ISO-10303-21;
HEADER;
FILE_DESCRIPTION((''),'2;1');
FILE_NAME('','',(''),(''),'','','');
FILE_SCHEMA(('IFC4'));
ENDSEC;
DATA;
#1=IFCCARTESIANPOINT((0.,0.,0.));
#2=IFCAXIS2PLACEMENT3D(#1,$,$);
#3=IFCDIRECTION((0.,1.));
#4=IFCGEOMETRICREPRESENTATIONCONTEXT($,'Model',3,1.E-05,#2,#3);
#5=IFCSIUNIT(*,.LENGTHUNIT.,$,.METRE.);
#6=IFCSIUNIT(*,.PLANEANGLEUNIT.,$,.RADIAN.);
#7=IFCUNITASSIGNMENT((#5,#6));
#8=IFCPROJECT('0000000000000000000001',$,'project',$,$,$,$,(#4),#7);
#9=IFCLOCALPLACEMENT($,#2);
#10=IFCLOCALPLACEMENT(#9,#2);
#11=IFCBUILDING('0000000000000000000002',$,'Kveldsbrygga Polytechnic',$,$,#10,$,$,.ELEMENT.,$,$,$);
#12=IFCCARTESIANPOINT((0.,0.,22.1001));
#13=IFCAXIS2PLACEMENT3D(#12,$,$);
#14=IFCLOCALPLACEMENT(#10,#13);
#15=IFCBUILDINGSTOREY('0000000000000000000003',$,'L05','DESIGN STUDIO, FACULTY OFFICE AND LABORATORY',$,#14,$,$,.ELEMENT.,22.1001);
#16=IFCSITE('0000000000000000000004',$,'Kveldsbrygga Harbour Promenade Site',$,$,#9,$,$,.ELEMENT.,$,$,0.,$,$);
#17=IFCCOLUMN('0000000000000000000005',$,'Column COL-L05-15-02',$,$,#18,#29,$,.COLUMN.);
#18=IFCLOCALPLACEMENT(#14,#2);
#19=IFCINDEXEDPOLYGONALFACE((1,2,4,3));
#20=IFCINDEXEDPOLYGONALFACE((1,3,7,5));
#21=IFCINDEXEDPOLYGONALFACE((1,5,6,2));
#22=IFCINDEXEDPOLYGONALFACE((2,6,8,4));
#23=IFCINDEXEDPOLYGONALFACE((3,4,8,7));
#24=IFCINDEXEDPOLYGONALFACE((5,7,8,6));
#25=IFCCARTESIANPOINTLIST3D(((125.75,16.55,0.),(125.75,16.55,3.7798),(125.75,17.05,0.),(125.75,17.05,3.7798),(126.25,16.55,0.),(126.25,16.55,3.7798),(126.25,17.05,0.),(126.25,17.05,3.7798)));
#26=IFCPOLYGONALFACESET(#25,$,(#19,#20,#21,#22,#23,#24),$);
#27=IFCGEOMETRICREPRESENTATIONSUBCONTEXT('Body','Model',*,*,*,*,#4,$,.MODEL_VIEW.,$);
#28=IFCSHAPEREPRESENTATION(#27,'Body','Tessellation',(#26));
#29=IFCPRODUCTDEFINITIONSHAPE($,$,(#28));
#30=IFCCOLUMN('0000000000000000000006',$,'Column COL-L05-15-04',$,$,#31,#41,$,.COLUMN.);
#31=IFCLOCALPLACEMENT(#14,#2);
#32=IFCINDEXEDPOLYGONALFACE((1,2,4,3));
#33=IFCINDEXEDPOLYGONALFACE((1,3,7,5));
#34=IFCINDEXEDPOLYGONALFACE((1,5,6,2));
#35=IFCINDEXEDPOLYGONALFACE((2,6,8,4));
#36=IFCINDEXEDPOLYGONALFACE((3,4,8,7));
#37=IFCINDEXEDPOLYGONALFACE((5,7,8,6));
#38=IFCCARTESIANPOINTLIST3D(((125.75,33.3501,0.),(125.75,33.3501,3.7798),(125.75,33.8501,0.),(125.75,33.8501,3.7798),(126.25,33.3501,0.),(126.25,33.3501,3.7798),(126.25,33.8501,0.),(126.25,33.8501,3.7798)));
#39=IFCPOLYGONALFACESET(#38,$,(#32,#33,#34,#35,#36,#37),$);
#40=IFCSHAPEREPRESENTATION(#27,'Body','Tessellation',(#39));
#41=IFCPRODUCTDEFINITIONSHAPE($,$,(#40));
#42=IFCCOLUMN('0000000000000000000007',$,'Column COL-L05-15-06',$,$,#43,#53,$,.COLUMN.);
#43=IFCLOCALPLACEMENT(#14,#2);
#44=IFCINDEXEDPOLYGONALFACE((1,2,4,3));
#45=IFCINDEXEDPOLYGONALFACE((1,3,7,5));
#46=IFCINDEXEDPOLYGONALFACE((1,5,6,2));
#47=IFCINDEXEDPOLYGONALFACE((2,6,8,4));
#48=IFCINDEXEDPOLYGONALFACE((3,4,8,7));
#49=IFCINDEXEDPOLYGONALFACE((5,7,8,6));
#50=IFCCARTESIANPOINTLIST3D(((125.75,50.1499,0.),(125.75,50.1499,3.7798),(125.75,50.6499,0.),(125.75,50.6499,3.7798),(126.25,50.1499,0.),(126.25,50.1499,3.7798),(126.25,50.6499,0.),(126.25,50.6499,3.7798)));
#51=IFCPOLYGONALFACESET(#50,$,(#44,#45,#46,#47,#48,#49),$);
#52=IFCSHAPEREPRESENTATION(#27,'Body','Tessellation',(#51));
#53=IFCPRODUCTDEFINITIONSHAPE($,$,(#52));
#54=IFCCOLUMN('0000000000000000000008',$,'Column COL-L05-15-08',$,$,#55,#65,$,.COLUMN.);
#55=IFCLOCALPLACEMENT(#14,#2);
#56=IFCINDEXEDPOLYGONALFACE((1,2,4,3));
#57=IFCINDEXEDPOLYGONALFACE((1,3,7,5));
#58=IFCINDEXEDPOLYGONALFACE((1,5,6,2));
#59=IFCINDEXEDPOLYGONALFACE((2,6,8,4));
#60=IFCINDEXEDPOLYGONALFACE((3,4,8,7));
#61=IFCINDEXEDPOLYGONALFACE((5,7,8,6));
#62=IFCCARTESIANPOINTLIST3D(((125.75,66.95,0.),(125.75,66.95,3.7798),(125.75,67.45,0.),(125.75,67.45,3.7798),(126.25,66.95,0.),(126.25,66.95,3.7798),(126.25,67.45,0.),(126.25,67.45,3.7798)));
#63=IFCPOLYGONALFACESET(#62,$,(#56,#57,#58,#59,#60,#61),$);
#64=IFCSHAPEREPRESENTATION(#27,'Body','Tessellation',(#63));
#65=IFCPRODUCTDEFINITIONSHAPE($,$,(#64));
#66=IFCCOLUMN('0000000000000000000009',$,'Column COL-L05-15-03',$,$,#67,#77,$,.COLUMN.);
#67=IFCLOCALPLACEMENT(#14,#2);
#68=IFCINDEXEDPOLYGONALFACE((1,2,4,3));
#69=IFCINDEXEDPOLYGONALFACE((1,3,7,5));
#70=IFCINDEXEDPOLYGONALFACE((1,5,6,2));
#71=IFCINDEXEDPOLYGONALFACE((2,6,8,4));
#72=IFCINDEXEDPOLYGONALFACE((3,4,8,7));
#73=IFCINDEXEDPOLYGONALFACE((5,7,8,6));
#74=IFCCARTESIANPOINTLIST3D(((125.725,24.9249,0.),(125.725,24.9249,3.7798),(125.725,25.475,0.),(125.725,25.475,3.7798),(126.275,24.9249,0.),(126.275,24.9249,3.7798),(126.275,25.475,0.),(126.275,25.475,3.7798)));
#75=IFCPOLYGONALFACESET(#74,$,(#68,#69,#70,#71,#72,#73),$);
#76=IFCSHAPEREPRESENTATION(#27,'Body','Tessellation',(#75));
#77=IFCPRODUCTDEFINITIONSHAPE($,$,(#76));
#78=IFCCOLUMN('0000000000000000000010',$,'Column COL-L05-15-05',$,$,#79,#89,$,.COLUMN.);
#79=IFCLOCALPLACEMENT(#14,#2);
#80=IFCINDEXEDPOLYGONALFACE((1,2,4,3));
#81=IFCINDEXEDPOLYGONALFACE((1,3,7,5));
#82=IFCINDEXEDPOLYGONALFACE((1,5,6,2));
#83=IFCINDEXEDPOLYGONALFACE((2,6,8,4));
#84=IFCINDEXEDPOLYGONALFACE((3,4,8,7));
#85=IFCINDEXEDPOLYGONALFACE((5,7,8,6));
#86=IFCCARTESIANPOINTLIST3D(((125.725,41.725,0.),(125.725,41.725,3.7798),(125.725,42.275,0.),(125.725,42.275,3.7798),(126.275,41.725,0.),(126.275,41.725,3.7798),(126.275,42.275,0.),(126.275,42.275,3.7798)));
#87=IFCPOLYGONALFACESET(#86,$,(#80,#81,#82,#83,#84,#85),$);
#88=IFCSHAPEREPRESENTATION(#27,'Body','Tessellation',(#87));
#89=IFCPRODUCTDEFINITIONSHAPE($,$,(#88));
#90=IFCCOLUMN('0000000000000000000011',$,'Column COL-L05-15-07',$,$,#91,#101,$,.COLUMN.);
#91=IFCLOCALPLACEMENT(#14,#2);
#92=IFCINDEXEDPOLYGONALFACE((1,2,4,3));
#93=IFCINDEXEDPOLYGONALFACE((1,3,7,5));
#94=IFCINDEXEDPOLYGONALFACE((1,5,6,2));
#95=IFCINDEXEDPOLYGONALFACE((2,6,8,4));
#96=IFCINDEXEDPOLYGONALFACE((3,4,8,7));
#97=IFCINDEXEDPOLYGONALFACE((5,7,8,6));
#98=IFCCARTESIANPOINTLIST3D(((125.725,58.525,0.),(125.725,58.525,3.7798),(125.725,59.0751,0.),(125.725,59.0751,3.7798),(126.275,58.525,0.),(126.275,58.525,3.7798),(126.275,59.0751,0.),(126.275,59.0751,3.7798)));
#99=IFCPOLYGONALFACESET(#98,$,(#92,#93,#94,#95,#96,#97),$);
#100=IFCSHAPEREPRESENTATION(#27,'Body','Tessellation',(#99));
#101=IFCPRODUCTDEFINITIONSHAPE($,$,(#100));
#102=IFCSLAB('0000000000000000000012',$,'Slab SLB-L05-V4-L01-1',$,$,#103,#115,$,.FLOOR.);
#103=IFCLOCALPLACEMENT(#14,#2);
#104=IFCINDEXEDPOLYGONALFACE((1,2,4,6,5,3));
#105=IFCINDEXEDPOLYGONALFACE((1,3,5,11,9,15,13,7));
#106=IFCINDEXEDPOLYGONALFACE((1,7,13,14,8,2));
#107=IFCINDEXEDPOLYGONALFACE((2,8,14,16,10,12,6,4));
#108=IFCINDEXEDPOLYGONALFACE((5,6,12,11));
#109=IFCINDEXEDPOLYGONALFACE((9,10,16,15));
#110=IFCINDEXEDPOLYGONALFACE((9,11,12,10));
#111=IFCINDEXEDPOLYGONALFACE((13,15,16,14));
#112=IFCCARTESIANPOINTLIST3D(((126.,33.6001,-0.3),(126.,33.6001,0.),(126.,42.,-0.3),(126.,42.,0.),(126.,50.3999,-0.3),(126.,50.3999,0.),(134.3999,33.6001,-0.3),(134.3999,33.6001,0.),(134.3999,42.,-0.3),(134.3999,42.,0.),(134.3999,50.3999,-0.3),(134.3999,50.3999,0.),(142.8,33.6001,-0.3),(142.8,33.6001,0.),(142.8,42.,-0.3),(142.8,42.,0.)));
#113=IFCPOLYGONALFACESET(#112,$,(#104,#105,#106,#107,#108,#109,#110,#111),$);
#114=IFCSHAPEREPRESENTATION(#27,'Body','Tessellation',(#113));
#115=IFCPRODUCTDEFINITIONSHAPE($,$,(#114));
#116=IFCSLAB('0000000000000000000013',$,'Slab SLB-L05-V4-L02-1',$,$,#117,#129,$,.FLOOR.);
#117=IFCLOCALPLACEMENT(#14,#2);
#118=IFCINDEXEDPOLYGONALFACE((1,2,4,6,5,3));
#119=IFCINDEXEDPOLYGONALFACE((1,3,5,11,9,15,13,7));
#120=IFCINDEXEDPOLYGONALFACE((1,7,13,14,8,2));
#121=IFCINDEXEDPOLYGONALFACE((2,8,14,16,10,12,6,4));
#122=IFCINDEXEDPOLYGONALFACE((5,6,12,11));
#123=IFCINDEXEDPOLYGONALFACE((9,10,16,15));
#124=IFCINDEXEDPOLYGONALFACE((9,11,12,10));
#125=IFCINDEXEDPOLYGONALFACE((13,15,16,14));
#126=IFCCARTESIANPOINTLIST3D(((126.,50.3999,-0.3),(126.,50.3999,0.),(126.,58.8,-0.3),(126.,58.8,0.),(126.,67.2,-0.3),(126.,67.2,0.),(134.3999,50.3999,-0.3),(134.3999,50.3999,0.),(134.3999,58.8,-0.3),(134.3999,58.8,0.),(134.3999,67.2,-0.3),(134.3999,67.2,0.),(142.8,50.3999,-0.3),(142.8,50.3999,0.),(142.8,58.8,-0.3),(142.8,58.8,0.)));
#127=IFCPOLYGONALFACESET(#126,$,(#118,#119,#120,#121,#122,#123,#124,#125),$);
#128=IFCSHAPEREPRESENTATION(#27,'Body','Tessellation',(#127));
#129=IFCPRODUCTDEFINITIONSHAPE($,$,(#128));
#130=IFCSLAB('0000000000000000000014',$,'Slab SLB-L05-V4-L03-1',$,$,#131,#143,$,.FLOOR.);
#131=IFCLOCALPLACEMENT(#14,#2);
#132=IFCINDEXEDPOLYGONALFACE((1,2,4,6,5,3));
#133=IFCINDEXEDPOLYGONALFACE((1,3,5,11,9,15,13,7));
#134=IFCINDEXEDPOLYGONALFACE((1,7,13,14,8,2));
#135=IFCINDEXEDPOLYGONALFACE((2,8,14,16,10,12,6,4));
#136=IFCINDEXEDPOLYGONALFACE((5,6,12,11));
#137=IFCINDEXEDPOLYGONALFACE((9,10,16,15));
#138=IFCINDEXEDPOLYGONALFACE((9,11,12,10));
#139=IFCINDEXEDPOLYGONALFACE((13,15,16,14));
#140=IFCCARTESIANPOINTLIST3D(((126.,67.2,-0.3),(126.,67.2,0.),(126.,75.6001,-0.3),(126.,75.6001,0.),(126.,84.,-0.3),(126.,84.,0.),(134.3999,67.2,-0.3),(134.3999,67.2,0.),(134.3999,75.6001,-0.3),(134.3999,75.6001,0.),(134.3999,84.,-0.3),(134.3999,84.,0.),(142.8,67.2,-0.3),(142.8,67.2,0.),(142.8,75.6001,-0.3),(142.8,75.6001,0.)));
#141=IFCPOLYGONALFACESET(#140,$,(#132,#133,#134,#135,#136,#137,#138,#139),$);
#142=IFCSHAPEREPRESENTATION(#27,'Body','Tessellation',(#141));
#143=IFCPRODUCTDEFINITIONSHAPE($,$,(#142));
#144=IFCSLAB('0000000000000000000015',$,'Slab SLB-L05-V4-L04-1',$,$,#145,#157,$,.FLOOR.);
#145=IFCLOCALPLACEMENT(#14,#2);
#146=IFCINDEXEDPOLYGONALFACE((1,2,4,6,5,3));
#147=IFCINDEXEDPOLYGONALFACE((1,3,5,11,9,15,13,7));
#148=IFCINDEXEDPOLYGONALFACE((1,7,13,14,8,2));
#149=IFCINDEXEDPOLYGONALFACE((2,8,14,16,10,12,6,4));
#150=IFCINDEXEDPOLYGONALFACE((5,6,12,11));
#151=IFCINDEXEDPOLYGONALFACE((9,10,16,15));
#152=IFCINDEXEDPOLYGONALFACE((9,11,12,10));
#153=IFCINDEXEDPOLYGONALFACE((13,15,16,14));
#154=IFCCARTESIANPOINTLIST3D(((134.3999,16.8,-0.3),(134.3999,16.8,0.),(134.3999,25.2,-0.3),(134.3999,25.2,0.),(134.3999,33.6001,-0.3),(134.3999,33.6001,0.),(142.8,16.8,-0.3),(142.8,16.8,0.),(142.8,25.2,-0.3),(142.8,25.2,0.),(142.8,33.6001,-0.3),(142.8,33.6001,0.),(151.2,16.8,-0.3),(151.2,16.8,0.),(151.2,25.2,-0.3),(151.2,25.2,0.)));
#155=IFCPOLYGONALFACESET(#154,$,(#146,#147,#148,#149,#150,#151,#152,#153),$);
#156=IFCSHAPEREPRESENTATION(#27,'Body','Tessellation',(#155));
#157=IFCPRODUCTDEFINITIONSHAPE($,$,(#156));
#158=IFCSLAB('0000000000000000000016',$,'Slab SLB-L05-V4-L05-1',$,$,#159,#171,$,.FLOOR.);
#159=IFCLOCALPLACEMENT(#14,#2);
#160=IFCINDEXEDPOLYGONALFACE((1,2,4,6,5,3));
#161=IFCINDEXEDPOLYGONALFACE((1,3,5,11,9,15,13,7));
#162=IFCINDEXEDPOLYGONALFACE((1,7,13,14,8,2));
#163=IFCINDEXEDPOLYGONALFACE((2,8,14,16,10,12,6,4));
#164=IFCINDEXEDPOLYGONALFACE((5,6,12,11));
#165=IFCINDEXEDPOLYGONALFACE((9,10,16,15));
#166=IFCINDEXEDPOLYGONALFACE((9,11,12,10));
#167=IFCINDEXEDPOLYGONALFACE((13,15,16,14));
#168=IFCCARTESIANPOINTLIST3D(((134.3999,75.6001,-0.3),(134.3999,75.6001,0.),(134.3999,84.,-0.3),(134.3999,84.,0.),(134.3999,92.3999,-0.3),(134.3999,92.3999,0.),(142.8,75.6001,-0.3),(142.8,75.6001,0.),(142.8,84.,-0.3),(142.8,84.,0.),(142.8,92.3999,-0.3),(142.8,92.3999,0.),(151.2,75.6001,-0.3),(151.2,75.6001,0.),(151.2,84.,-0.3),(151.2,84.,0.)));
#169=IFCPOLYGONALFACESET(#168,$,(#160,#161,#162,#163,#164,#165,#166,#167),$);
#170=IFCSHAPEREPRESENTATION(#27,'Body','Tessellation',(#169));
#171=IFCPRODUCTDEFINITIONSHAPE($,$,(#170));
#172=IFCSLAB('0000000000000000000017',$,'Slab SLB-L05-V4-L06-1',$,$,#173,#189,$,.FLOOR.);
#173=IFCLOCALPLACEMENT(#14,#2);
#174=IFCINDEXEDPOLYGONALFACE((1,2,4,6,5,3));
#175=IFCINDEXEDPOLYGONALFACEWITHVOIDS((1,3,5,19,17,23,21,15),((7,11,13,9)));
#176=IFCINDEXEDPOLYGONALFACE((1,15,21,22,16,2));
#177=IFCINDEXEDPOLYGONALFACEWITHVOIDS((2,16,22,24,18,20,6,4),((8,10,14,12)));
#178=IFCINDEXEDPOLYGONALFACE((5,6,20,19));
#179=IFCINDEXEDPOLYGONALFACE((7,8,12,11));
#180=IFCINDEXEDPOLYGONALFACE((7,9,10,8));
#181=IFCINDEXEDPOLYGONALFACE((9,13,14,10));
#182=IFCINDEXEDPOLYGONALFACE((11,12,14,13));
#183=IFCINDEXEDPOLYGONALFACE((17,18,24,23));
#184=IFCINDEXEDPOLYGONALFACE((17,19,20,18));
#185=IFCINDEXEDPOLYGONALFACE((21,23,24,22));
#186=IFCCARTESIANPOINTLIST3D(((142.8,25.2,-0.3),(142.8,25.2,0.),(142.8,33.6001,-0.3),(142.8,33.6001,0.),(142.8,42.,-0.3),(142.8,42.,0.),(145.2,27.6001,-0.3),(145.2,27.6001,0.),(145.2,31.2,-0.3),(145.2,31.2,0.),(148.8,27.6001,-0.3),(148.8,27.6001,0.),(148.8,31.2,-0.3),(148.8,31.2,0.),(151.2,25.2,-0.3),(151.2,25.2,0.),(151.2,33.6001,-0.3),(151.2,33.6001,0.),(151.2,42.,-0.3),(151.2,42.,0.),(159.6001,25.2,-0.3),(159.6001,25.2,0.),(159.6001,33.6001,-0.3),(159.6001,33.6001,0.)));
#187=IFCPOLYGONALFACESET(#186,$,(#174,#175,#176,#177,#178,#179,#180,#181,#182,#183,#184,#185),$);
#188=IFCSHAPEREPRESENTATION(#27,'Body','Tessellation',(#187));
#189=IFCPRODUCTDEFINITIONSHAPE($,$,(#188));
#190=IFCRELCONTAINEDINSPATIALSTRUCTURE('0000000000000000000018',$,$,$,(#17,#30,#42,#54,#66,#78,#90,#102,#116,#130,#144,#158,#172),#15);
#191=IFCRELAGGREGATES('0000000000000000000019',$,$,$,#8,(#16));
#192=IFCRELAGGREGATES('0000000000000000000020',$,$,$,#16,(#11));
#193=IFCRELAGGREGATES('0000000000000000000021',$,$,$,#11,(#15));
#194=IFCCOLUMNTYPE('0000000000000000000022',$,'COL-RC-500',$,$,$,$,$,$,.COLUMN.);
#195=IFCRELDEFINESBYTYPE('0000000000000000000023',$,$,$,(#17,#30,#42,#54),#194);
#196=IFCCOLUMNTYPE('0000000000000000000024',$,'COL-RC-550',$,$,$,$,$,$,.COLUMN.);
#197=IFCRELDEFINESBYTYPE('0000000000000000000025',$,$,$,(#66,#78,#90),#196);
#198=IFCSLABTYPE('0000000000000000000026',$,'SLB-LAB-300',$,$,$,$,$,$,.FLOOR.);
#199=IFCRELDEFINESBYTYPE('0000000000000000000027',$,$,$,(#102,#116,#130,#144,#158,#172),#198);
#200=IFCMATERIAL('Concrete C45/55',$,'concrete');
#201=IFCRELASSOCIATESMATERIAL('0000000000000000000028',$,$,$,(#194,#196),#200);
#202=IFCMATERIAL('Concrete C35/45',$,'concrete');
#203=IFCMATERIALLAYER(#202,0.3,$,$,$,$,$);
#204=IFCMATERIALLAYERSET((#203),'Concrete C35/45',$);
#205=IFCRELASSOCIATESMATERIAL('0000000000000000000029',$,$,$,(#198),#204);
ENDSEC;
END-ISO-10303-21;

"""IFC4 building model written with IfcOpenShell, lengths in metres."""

from ifc_helpers import new_model, si_unit, direction, frame, origin, origin_2d, place, context, subcontext, project, spatial, polyline, rectangle, outline, extrude, material, layer, layer_set, material_profile, profile_set, type_object, element, save


model = new_model("IFC4")

# Units and contexts
model_context = context("Model", 3, precision=1e-05, world=origin(), true_north=direction((0.0, 1.0)))
body_context = subcontext(model_context, "Body", "Model", "MODEL_VIEW")
ifc_project = project(units=[si_unit("LENGTHUNIT", "METRE"), si_unit("PLANEANGLEUNIT", "RADIAN")], contexts=[model_context])

# Site, building, storey
site_placement = place(None, origin())
site = spatial("IfcSite", under=ifc_project, at=site_placement, Name="Kveldsbrygga Harbour Promenade Site", CompositionType="ELEMENT", RefElevation=0.0)
building_placement = place(site_placement, origin())
building = spatial("IfcBuilding", under=site, at=building_placement, Name="Kveldsbrygga Polytechnic", CompositionType="ELEMENT")
storey_placement = place(building_placement, frame((0.0, 0.0, 22.1001)))
storey = spatial("IfcBuildingStorey", under=building, at=storey_placement, Name="L05", Description="DESIGN STUDIO, FACULTY OFFICE AND LABORATORY", CompositionType="ELEMENT", Elevation=22.1001)

# Columns
ifc_material_1 = material(Name="Concrete C45/55", Category="concrete")
ifc_material_profile_1 = material_profile(ifc_material_1, rectangle(XDim=0.5, YDim=0.5, at=origin_2d()), Name="RC 500x500")
ifc_profile_set_1 = profile_set([ifc_material_profile_1], Name="Concrete C45/55")
column_type_1 = type_object("IfcColumnType", Name="COL-RC-500", PredefinedType="COLUMN", material=ifc_profile_set_1)
for number, where, z_axis, x_axis, name in (
    (1, (126.0, 16.8, 0.0), (0.0, 0.0, 1.0), (1.0, 0.0, 0.0), "Column COL-L05-15-02"),
    (2, (126.0, 33.6001, 0.0), (0.0, 0.0, 1.0), (1.0, 0.0, 0.0), "Column COL-L05-15-04"),
    (3, (126.0, 50.3999, 0.0), (0.0, 0.0, 1.0), (1.0, 0.0, 0.0), "Column COL-L05-15-06"),
    (4, (126.0, 67.2, 0.0), (0.0, 0.0, 1.0), (1.0, 0.0, 0.0), "Column COL-L05-15-08"),
):
    element("IfcColumn", number, at=place(storey_placement, frame(where, z_axis=z_axis, x_axis=x_axis)), inside=storey, type_object=column_type_1, Name=name, PredefinedType="COLUMN", context=body_context, shape_type="SweptSolid", body=[
        extrude(rectangle(XDim=0.5, YDim=0.5, at=origin_2d()), origin(), (0.0, 0.0, 1.0), 3.7798),
    ])
ifc_material_profile_2 = material_profile(ifc_material_1, rectangle(XDim=0.55, YDim=0.55, at=origin_2d()), Name="RC 550x550")
ifc_profile_set_2 = profile_set([ifc_material_profile_2], Name="Concrete C45/55")
column_type_2 = type_object("IfcColumnType", Name="COL-RC-550", PredefinedType="COLUMN", material=ifc_profile_set_2)
for number, where, z_axis, x_axis, name in (
    (5, (126.0, 25.2, 0.0), (0.0, 0.0, 1.0), (1.0, 0.0, 0.0), "Column COL-L05-15-03"),
    (6, (126.0, 42.0, 0.0), (0.0, 0.0, 1.0), (1.0, 0.0, 0.0), "Column COL-L05-15-05"),
    (7, (126.0, 58.8, 0.0), (0.0, 0.0, 1.0), (1.0, 0.0, 0.0), "Column COL-L05-15-07"),
):
    element("IfcColumn", number, at=place(storey_placement, frame(where, z_axis=z_axis, x_axis=x_axis)), inside=storey, type_object=column_type_2, Name=name, PredefinedType="COLUMN", context=body_context, shape_type="SweptSolid", body=[
        extrude(rectangle(XDim=0.55, YDim=0.55, at=origin_2d()), origin(), (0.0, 0.0, 1.0), 3.7798),
    ])

# Slabs
ifc_material_2 = material(Name="Concrete C35/45", Category="concrete")
ifc_layer_1 = layer(ifc_material_2, 0.3)
ifc_layer_set_1 = layer_set([ifc_layer_1], Name="Concrete C35/45")
slab_type_1 = type_object("IfcSlabType", Name="SLB-LAB-300", PredefinedType="FLOOR", material=ifc_layer_set_1)
slab_1_placement = place(storey_placement, frame((0.0, 0.0, -0.3)))
element("IfcSlab", 8, at=slab_1_placement, inside=storey, type_object=slab_type_1, Name="Slab SLB-L05-V4-L01-1", PredefinedType="FLOOR", context=body_context, shape_type="SweptSolid", body=[
    extrude(outline(polyline([(126.0, 33.6001), (126.0, 42.0), (126.0, 50.3999), (134.3999, 50.3999), (134.3999, 42.0), (142.8, 42.0), (142.8, 33.6001), (134.3999, 33.6001), (126.0, 33.6001)])), origin(), (0.0, 0.0, 1.0), 0.3),
])
slab_2_placement = place(storey_placement, frame((0.0, 0.0, -0.3)))
element("IfcSlab", 9, at=slab_2_placement, inside=storey, type_object=slab_type_1, Name="Slab SLB-L05-V4-L02-1", PredefinedType="FLOOR", context=body_context, shape_type="SweptSolid", body=[
    extrude(outline(polyline([(126.0, 50.3999), (126.0, 58.8), (126.0, 67.2), (134.3999, 67.2), (134.3999, 58.8), (142.8, 58.8), (142.8, 50.3999), (134.3999, 50.3999), (126.0, 50.3999)])), origin(), (0.0, 0.0, 1.0), 0.3),
])
slab_3_placement = place(storey_placement, frame((0.0, 0.0, -0.3)))
element("IfcSlab", 10, at=slab_3_placement, inside=storey, type_object=slab_type_1, Name="Slab SLB-L05-V4-L03-1", PredefinedType="FLOOR", context=body_context, shape_type="SweptSolid", body=[
    extrude(outline(polyline([(126.0, 67.2), (126.0, 75.6001), (126.0, 84.0), (134.3999, 84.0), (134.3999, 75.6001), (142.8, 75.6001), (142.8, 67.2), (134.3999, 67.2), (126.0, 67.2)])), origin(), (0.0, 0.0, 1.0), 0.3),
])
slab_4_placement = place(storey_placement, frame((0.0, 0.0, -0.3)))
element("IfcSlab", 11, at=slab_4_placement, inside=storey, type_object=slab_type_1, Name="Slab SLB-L05-V4-L04-1", PredefinedType="FLOOR", context=body_context, shape_type="SweptSolid", body=[
    extrude(outline(polyline([(134.3999, 16.8), (134.3999, 25.2), (134.3999, 33.6001), (142.8, 33.6001), (142.8, 25.2), (151.2, 25.2), (151.2, 16.8), (142.8, 16.8), (134.3999, 16.8)])), origin(), (0.0, 0.0, 1.0), 0.3),
])
slab_5_placement = place(storey_placement, frame((0.0, 0.0, -0.3)))
element("IfcSlab", 12, at=slab_5_placement, inside=storey, type_object=slab_type_1, Name="Slab SLB-L05-V4-L05-1", PredefinedType="FLOOR", context=body_context, shape_type="SweptSolid", body=[
    extrude(outline(polyline([(134.3999, 75.6001), (134.3999, 84.0), (134.3999, 92.3999), (142.8, 92.3999), (142.8, 84.0), (151.2, 84.0), (151.2, 75.6001), (142.8, 75.6001), (134.3999, 75.6001)])), origin(), (0.0, 0.0, 1.0), 0.3),
])
slab_6_placement = place(storey_placement, frame((0.0, 0.0, -0.3)))
element("IfcSlab", 13, at=slab_6_placement, inside=storey, type_object=slab_type_1, Name="Slab SLB-L05-V4-L06-1", PredefinedType="FLOOR", context=body_context, shape_type="SweptSolid", body=[
    extrude(outline(polyline([(142.8, 25.2), (142.8, 33.6001), (142.8, 42.0), (151.2, 42.0), (151.2, 33.6001), (159.6001, 33.6001), (159.6001, 25.2), (151.2, 25.2), (142.8, 25.2)]), holes=[polyline([(145.2, 27.6001), (148.8, 27.6001), (148.8, 31.2), (145.2, 31.2), (145.2, 27.6001)])]), origin(), (0.0, 0.0, 1.0), 0.3),
])

save(model, "model.ifc")
